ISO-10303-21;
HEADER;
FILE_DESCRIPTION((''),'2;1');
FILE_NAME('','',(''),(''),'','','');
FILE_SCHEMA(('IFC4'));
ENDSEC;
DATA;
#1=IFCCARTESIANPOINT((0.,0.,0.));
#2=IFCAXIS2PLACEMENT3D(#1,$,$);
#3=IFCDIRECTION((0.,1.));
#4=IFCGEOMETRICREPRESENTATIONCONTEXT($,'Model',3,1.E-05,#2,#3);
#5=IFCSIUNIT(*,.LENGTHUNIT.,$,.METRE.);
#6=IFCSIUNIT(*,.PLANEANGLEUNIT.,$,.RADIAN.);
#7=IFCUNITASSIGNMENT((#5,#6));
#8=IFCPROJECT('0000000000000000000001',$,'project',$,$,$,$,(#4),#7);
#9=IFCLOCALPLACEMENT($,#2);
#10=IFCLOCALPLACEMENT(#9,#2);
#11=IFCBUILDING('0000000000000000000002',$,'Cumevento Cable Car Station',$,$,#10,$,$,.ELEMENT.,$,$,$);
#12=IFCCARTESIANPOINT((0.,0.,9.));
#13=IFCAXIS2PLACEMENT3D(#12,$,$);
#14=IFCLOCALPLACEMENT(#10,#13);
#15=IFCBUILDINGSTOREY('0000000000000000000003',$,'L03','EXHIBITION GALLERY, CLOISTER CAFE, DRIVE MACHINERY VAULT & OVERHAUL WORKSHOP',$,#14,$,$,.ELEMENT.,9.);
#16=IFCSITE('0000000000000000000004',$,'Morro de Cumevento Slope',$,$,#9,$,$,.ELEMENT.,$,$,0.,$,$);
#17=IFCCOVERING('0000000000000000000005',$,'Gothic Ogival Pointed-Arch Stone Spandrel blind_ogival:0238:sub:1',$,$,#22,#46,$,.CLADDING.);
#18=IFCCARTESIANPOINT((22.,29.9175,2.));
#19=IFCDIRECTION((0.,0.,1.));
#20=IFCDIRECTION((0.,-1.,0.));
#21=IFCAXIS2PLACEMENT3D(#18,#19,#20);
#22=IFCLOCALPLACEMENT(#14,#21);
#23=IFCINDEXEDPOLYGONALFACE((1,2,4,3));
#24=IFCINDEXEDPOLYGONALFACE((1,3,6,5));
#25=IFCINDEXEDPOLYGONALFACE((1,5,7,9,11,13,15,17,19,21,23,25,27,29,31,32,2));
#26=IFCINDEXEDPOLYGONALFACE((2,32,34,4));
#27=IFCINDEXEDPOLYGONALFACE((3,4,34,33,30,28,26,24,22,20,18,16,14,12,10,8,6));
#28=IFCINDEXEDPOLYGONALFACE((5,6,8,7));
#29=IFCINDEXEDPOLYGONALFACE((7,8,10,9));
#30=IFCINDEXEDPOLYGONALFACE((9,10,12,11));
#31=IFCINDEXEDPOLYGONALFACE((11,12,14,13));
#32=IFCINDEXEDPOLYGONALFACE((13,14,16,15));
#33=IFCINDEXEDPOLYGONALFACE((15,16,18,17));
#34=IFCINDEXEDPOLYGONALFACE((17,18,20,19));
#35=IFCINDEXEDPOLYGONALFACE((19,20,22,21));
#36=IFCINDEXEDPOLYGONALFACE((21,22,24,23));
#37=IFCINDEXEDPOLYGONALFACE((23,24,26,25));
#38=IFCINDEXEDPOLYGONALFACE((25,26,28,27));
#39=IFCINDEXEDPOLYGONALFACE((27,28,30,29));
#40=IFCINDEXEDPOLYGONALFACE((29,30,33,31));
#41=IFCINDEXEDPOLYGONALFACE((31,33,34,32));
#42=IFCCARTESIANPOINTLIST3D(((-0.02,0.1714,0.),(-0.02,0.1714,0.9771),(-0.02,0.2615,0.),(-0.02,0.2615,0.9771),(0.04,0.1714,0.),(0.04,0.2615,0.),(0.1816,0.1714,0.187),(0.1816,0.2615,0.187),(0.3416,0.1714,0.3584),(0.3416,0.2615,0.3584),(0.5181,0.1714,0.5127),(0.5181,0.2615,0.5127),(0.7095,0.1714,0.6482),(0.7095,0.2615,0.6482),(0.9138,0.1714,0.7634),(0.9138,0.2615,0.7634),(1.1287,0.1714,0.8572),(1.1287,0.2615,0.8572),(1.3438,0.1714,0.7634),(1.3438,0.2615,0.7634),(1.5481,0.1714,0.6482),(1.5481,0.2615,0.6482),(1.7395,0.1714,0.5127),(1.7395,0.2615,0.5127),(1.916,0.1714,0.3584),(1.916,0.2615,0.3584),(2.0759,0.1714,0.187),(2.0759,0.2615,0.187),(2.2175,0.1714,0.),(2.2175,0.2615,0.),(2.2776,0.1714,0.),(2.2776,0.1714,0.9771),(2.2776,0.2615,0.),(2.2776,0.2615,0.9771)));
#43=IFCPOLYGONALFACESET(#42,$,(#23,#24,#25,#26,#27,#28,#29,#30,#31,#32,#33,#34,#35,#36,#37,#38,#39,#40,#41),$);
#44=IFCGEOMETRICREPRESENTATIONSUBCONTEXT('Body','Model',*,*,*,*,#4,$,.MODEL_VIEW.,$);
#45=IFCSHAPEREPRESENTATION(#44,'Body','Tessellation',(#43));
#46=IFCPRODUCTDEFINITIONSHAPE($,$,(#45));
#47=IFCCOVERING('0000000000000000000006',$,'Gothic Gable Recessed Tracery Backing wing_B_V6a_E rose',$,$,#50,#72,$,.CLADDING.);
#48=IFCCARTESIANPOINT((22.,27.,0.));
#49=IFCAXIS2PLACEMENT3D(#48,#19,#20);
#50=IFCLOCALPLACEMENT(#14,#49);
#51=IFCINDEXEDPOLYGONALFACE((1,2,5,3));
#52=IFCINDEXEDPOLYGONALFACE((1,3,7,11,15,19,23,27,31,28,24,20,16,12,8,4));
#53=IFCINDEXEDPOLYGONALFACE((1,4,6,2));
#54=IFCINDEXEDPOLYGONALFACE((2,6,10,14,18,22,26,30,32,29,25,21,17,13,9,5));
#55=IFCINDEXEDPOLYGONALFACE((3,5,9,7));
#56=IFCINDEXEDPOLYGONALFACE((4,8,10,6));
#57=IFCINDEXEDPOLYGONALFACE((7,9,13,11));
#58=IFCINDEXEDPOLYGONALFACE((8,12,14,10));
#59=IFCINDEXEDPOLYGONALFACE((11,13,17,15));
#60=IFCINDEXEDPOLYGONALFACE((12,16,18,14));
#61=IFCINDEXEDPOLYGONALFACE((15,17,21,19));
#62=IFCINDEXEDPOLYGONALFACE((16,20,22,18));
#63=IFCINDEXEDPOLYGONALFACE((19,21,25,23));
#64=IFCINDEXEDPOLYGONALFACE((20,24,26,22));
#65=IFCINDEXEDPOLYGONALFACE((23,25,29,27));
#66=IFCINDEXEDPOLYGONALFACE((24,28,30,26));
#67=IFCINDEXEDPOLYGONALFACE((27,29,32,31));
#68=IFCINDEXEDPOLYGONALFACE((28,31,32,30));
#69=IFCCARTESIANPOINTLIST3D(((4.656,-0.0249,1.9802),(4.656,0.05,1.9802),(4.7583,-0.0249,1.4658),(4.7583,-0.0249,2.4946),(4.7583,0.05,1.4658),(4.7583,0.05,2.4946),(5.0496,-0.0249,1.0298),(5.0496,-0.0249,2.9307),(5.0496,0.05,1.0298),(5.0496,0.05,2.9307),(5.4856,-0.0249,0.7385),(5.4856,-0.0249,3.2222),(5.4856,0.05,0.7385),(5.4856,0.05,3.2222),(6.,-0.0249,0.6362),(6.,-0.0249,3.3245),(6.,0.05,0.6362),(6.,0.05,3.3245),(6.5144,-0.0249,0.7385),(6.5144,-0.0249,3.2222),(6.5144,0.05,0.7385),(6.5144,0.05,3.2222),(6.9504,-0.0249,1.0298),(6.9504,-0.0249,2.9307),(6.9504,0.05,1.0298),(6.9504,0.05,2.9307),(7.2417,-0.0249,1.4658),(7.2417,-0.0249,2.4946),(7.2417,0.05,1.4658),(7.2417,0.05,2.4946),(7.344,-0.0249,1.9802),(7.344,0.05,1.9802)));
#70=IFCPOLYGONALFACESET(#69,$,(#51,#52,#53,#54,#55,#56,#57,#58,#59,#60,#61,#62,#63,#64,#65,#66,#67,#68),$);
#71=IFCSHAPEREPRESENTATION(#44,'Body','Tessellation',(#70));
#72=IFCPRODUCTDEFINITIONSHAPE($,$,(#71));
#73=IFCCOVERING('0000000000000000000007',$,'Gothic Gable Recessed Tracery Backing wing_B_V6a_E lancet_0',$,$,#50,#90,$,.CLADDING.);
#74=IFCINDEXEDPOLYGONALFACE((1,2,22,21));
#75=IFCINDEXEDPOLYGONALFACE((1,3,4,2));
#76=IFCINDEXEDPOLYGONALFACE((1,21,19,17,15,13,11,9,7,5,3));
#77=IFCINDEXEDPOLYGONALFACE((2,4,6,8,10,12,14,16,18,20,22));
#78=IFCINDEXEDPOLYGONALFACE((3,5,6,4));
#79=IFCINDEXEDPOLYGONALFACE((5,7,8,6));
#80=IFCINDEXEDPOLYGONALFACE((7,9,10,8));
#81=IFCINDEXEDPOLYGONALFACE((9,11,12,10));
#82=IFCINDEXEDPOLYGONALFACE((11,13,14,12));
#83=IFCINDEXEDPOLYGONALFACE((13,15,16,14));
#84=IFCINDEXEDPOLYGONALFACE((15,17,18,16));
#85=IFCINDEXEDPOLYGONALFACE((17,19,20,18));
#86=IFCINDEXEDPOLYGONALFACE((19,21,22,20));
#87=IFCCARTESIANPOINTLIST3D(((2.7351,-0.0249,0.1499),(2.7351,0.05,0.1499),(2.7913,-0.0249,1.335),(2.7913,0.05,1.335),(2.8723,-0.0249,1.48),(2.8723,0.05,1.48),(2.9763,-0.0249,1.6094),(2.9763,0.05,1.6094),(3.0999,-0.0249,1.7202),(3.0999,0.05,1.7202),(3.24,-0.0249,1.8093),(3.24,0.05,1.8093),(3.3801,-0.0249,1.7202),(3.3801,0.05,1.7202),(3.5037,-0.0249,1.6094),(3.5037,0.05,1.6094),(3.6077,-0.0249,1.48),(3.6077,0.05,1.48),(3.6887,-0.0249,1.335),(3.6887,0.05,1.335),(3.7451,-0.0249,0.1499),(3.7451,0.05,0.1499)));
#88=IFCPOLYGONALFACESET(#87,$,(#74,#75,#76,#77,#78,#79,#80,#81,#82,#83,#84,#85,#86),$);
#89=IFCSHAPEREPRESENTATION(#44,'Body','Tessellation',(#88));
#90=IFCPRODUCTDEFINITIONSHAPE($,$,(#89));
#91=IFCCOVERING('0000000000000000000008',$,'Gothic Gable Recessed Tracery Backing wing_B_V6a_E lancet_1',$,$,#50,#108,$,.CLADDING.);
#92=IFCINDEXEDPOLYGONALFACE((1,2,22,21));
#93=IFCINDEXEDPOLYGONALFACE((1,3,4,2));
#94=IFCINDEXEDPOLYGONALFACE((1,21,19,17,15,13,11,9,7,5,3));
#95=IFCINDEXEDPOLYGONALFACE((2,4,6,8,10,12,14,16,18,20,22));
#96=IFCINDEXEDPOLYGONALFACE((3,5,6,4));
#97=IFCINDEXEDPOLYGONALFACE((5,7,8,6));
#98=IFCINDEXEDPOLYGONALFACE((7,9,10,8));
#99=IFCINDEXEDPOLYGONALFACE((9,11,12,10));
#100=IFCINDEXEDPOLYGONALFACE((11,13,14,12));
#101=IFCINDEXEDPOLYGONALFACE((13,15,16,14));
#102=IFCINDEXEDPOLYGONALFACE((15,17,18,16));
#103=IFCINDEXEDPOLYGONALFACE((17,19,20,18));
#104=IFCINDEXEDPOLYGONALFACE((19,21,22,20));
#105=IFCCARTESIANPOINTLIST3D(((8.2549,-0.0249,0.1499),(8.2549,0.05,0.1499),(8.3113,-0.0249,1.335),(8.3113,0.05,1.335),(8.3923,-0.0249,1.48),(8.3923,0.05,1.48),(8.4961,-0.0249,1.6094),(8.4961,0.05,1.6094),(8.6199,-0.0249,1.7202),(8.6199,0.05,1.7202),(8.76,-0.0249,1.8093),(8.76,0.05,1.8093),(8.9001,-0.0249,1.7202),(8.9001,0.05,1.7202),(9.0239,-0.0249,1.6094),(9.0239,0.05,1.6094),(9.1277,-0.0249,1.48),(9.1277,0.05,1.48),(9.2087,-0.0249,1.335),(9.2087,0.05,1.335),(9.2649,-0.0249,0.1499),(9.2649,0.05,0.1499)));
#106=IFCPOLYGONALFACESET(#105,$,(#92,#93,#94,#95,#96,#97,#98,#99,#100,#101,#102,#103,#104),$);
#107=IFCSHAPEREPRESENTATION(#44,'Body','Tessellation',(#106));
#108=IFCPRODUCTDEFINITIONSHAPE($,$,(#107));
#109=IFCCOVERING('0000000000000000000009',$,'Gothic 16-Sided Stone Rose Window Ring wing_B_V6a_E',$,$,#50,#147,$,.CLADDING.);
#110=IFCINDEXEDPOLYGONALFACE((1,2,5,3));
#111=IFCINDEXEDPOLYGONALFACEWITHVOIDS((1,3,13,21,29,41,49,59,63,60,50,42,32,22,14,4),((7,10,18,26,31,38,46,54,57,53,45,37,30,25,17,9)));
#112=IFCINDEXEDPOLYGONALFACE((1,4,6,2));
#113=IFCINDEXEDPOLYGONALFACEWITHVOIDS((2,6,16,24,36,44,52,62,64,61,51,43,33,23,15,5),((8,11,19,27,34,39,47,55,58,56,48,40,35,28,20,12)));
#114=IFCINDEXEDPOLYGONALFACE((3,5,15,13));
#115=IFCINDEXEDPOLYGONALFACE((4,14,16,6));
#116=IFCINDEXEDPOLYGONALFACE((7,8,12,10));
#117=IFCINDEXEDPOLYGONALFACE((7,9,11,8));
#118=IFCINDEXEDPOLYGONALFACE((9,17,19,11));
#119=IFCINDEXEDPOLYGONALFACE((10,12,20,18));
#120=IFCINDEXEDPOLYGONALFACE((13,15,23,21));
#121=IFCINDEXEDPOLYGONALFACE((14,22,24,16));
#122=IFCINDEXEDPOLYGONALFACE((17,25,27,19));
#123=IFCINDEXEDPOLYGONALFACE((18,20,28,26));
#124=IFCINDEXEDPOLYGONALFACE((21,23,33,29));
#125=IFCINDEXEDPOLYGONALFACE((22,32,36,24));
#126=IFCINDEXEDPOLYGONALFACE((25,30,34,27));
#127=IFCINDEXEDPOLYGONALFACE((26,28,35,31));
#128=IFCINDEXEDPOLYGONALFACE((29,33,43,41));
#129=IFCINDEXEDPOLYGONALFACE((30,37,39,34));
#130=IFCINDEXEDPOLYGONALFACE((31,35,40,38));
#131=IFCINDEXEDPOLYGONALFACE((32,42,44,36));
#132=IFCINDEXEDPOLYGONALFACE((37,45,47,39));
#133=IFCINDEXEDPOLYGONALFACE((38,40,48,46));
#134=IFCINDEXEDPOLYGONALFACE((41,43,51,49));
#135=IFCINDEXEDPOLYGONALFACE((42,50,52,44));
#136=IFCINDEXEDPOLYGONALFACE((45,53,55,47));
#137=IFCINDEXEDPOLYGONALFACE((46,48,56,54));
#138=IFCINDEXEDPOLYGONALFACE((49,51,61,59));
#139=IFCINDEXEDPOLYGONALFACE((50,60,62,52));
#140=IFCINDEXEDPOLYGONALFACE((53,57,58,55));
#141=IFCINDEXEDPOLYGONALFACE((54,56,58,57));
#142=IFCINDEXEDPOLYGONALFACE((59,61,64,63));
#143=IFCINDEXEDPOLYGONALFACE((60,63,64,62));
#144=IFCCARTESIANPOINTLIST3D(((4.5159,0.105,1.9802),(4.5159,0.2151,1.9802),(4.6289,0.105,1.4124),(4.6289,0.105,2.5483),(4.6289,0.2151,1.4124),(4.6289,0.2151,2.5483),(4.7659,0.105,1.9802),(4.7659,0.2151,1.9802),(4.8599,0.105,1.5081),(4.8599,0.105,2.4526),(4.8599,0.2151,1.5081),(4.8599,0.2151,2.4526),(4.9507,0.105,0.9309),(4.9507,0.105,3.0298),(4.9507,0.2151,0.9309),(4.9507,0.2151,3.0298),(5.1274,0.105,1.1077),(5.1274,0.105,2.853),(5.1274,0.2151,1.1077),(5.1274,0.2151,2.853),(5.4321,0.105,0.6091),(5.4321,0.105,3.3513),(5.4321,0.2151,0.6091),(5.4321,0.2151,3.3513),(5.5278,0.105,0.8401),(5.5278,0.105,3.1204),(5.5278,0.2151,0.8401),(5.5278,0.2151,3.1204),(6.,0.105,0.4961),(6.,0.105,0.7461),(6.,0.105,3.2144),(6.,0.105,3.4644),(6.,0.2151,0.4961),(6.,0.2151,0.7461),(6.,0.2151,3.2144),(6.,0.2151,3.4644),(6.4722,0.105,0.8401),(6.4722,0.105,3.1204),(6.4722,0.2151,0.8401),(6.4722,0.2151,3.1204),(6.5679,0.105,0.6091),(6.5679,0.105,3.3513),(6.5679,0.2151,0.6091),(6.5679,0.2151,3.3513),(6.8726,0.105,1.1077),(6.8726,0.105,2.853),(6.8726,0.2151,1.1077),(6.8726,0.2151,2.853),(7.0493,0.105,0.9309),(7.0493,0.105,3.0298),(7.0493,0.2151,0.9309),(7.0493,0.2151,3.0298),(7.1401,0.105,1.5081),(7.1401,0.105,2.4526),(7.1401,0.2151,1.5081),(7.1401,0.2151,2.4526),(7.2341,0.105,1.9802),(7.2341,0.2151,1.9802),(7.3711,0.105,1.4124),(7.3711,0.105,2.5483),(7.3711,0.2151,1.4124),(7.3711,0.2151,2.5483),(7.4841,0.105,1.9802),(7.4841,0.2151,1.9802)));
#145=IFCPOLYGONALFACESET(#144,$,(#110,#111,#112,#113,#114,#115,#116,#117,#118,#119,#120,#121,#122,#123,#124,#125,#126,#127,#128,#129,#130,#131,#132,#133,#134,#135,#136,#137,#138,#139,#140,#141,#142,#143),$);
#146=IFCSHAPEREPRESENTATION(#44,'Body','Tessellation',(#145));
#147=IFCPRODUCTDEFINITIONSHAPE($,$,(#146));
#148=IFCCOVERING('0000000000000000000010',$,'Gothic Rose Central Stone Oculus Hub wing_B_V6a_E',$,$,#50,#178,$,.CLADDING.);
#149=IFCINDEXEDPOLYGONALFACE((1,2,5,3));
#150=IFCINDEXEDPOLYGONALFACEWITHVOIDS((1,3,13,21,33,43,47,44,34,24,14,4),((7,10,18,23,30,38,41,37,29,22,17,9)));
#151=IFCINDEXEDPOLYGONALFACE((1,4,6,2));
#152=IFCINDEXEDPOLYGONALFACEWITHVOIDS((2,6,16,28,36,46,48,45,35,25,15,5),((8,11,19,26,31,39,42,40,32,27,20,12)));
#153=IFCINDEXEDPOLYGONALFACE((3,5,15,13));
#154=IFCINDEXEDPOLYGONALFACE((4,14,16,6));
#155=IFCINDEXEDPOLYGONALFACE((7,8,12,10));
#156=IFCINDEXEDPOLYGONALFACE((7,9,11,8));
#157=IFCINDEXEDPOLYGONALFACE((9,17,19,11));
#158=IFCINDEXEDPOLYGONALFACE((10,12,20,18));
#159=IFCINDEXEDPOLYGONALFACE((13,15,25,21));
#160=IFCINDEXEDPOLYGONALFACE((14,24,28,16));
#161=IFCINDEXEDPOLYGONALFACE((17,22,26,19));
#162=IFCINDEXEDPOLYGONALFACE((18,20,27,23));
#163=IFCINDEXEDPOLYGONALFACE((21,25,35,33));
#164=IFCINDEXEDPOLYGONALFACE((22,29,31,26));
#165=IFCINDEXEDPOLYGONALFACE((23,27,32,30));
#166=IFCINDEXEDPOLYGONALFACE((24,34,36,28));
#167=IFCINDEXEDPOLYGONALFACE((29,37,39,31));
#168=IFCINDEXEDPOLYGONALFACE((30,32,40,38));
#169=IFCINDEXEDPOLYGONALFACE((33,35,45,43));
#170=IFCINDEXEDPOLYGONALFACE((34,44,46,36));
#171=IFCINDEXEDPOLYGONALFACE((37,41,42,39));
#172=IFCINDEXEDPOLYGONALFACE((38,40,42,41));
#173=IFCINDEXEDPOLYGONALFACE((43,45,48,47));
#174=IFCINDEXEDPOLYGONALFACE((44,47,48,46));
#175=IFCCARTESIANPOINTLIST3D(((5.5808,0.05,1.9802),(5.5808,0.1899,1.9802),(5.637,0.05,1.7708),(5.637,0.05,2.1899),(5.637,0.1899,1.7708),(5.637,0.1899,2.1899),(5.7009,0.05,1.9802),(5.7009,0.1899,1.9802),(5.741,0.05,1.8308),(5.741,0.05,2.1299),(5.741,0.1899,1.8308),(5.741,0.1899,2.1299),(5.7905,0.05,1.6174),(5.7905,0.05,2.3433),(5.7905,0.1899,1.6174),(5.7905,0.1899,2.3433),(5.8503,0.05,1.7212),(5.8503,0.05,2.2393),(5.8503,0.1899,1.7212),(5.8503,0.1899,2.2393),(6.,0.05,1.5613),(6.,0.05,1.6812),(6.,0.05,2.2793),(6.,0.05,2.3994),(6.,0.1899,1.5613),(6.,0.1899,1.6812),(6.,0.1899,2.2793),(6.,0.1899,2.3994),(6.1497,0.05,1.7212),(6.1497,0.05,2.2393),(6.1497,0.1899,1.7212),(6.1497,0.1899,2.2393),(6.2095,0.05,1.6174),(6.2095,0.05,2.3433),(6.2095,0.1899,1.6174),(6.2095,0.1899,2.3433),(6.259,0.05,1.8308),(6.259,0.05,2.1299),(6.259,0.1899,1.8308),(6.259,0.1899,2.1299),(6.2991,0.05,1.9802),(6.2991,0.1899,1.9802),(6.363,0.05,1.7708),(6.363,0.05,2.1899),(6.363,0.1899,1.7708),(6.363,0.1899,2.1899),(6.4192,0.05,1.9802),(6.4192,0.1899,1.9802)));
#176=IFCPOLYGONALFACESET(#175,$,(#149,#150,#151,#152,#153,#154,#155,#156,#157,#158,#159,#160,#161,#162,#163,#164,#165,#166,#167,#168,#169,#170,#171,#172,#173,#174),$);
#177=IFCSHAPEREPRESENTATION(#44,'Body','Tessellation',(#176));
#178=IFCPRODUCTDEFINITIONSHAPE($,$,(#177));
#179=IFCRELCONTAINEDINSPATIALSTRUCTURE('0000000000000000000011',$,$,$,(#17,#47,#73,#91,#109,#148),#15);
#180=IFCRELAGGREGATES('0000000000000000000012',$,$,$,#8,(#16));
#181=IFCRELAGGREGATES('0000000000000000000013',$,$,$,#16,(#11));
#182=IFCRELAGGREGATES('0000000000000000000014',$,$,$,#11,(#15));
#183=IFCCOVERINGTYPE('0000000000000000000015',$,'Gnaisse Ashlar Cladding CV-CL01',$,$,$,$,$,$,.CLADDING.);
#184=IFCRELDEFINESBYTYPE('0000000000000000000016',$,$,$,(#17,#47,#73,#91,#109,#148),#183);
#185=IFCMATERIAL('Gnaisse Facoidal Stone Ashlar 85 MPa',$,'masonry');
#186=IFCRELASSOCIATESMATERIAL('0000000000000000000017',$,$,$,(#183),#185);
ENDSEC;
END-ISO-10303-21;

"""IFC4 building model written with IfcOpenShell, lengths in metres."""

from ifc_helpers import new_model, si_unit, direction, frame, origin, place, context, subcontext, project, spatial, polyline, outline, extrude, material, type_object, element, save


model = new_model("IFC4")

# Units and contexts
model_context = context("Model", 3, precision=1e-05, world=origin(), true_north=direction((0.0, 1.0)))
body_context = subcontext(model_context, "Body", "Model", "MODEL_VIEW")
ifc_project = project(units=[si_unit("LENGTHUNIT", "METRE"), si_unit("PLANEANGLEUNIT", "RADIAN")], contexts=[model_context])

# Site, building, storey
site_placement = place(None, origin())
site = spatial("IfcSite", under=ifc_project, at=site_placement, Name="Morro de Cumevento Slope", CompositionType="ELEMENT", RefElevation=0.0)
building_placement = place(site_placement, origin())
building = spatial("IfcBuilding", under=site, at=building_placement, Name="Cumevento Cable Car Station", CompositionType="ELEMENT")
storey_placement = place(building_placement, frame((0.0, 0.0, 9.0)))
storey = spatial("IfcBuildingStorey", under=building, at=storey_placement, Name="L03", Description="EXHIBITION GALLERY, CLOISTER CAFE, DRIVE MACHINERY VAULT & OVERHAUL WORKSHOP", CompositionType="ELEMENT", Elevation=9.0)

# Coverings
ifc_material_1 = material(Name="Gnaisse Facoidal Stone Ashlar 85 MPa", Category="masonry")
covering_type = type_object("IfcCoveringType", Name="Gnaisse Ashlar Cladding CV-CL01", PredefinedType="CLADDING", material=ifc_material_1)
covering_1_placement = place(storey_placement, frame((22.0, 29.9175, 2.0), z_axis=(0.0, 0.0, 1.0), x_axis=(0.0, -1.0, 0.0)))
element("IfcCovering", 1, at=covering_1_placement, inside=storey, type_object=covering_type, Name="Gothic Ogival Pointed-Arch Stone Spandrel blind_ogival:0238:sub:1", PredefinedType="CLADDING", context=body_context, shape_type="SweptSolid", body=[
    extrude(outline(polyline([(-0.02, 0.0), (-0.02, 0.9771), (2.2776, 0.9771), (2.2776, 0.0), (2.2175, 0.0), (2.0759, 0.187), (1.916, 0.3584), (1.7395, 0.5127), (1.5481, 0.6482), (1.3438, 0.7634), (1.1287, 0.8572), (0.9138, 0.7634), (0.7095, 0.6482), (0.5181, 0.5127), (0.3416, 0.3584), (0.1816, 0.187), (0.04, 0.0), (-0.02, 0.0)])), frame((0.0, 0.2615, 0.0), z_axis=(0.0, -1.0, 0.0), x_axis=(1.0, 0.0, 0.0)), (0.0, 0.0, 1.0), 0.0901),
])
placement = place(storey_placement, frame((22.0, 27.0, 0.0), z_axis=(0.0, 0.0, 1.0), x_axis=(0.0, -1.0, 0.0)))
element("IfcCovering", 2, at=placement, inside=storey, type_object=covering_type, Name="Gothic Gable Recessed Tracery Backing wing_B_V6a_E rose", PredefinedType="CLADDING", context=body_context, shape_type="SweptSolid", body=[
    extrude(outline(polyline([(7.344, 1.9802), (7.2417, 2.4946), (6.9504, 2.9307), (6.5144, 3.2222), (6.0, 3.3245), (5.4856, 3.2222), (5.0496, 2.9307), (4.7583, 2.4946), (4.656, 1.9802), (4.7583, 1.4658), (5.0496, 1.0298), (5.4856, 0.7385), (6.0, 0.6362), (6.5144, 0.7385), (6.9504, 1.0298), (7.2417, 1.4658), (7.344, 1.9802)])), frame((0.0, 0.05, 0.0), z_axis=(0.0, -1.0, 0.0), x_axis=(1.0, 0.0, 0.0)), (0.0, 0.0, 1.0), 0.075),
])
element("IfcCovering", 3, at=placement, inside=storey, type_object=covering_type, Name="Gothic Gable Recessed Tracery Backing wing_B_V6a_E lancet_0", PredefinedType="CLADDING", context=body_context, shape_type="SweptSolid", body=[
    extrude(outline(polyline([(2.7351, 0.1499), (3.7451, 0.1499), (3.6887, 1.335), (3.6077, 1.48), (3.5037, 1.6094), (3.3801, 1.7202), (3.24, 1.8093), (3.0999, 1.7202), (2.9763, 1.6094), (2.8723, 1.48), (2.7913, 1.335), (2.7351, 0.1499)])), frame((0.0, 0.05, 0.0), z_axis=(0.0, -1.0, 0.0), x_axis=(1.0, 0.0, 0.0)), (0.0, 0.0, 1.0), 0.075),
])
element("IfcCovering", 4, at=placement, inside=storey, type_object=covering_type, Name="Gothic Gable Recessed Tracery Backing wing_B_V6a_E lancet_1", PredefinedType="CLADDING", context=body_context, shape_type="SweptSolid", body=[
    extrude(outline(polyline([(8.2549, 0.1499), (9.2649, 0.1499), (9.2087, 1.335), (9.1277, 1.48), (9.0239, 1.6094), (8.9001, 1.7202), (8.76, 1.8093), (8.6199, 1.7202), (8.4961, 1.6094), (8.3923, 1.48), (8.3113, 1.335), (8.2549, 0.1499)])), frame((0.0, 0.05, 0.0), z_axis=(0.0, -1.0, 0.0), x_axis=(1.0, 0.0, 0.0)), (0.0, 0.0, 1.0), 0.075),
])
element("IfcCovering", 5, at=placement, inside=storey, type_object=covering_type, Name="Gothic 16-Sided Stone Rose Window Ring wing_B_V6a_E", PredefinedType="CLADDING", context=body_context, shape_type="SweptSolid", body=[
    extrude(outline(polyline([(7.4841, 1.9802), (7.3711, 2.5483), (7.0493, 3.0298), (6.5679, 3.3513), (6.0, 3.4644), (5.4321, 3.3513), (4.9507, 3.0298), (4.6289, 2.5483), (4.5159, 1.9802), (4.6289, 1.4124), (4.9507, 0.9309), (5.4321, 0.6091), (6.0, 0.4961), (6.5679, 0.6091), (7.0493, 0.9309), (7.3711, 1.4124), (7.4841, 1.9802)]), holes=[polyline([(7.2341, 1.9802), (7.1401, 2.4526), (6.8726, 2.853), (6.4722, 3.1204), (6.0, 3.2144), (5.5278, 3.1204), (5.1274, 2.853), (4.8599, 2.4526), (4.7659, 1.9802), (4.8599, 1.5081), (5.1274, 1.1077), (5.5278, 0.8401), (6.0, 0.7461), (6.4722, 0.8401), (6.8726, 1.1077), (7.1401, 1.5081), (7.2341, 1.9802)])]), frame((0.0, 0.2151, 0.0), z_axis=(0.0, -1.0, 0.0), x_axis=(1.0, 0.0, 0.0)), (0.0, 0.0, 1.0), 0.1101),
])
element("IfcCovering", 6, at=placement, inside=storey, type_object=covering_type, Name="Gothic Rose Central Stone Oculus Hub wing_B_V6a_E", PredefinedType="CLADDING", context=body_context, shape_type="SweptSolid", body=[
    extrude(outline(polyline([(6.4192, 1.9802), (6.363, 2.1899), (6.2095, 2.3433), (6.0, 2.3994), (5.7905, 2.3433), (5.637, 2.1899), (5.5808, 1.9802), (5.637, 1.7708), (5.7905, 1.6174), (6.0, 1.5613), (6.2095, 1.6174), (6.363, 1.7708), (6.4192, 1.9802)]), holes=[polyline([(6.2991, 1.9802), (6.259, 2.1299), (6.1497, 2.2393), (6.0, 2.2793), (5.8503, 2.2393), (5.741, 2.1299), (5.7009, 1.9802), (5.741, 1.8308), (5.8503, 1.7212), (6.0, 1.6812), (6.1497, 1.7212), (6.259, 1.8308), (6.2991, 1.9802)])]), frame((0.0, 0.1899, 0.0), z_axis=(0.0, -1.0, 0.0), x_axis=(1.0, 0.0, 0.0)), (0.0, 0.0, 1.0), 0.1399),
])

save(model, "model.ifc")
